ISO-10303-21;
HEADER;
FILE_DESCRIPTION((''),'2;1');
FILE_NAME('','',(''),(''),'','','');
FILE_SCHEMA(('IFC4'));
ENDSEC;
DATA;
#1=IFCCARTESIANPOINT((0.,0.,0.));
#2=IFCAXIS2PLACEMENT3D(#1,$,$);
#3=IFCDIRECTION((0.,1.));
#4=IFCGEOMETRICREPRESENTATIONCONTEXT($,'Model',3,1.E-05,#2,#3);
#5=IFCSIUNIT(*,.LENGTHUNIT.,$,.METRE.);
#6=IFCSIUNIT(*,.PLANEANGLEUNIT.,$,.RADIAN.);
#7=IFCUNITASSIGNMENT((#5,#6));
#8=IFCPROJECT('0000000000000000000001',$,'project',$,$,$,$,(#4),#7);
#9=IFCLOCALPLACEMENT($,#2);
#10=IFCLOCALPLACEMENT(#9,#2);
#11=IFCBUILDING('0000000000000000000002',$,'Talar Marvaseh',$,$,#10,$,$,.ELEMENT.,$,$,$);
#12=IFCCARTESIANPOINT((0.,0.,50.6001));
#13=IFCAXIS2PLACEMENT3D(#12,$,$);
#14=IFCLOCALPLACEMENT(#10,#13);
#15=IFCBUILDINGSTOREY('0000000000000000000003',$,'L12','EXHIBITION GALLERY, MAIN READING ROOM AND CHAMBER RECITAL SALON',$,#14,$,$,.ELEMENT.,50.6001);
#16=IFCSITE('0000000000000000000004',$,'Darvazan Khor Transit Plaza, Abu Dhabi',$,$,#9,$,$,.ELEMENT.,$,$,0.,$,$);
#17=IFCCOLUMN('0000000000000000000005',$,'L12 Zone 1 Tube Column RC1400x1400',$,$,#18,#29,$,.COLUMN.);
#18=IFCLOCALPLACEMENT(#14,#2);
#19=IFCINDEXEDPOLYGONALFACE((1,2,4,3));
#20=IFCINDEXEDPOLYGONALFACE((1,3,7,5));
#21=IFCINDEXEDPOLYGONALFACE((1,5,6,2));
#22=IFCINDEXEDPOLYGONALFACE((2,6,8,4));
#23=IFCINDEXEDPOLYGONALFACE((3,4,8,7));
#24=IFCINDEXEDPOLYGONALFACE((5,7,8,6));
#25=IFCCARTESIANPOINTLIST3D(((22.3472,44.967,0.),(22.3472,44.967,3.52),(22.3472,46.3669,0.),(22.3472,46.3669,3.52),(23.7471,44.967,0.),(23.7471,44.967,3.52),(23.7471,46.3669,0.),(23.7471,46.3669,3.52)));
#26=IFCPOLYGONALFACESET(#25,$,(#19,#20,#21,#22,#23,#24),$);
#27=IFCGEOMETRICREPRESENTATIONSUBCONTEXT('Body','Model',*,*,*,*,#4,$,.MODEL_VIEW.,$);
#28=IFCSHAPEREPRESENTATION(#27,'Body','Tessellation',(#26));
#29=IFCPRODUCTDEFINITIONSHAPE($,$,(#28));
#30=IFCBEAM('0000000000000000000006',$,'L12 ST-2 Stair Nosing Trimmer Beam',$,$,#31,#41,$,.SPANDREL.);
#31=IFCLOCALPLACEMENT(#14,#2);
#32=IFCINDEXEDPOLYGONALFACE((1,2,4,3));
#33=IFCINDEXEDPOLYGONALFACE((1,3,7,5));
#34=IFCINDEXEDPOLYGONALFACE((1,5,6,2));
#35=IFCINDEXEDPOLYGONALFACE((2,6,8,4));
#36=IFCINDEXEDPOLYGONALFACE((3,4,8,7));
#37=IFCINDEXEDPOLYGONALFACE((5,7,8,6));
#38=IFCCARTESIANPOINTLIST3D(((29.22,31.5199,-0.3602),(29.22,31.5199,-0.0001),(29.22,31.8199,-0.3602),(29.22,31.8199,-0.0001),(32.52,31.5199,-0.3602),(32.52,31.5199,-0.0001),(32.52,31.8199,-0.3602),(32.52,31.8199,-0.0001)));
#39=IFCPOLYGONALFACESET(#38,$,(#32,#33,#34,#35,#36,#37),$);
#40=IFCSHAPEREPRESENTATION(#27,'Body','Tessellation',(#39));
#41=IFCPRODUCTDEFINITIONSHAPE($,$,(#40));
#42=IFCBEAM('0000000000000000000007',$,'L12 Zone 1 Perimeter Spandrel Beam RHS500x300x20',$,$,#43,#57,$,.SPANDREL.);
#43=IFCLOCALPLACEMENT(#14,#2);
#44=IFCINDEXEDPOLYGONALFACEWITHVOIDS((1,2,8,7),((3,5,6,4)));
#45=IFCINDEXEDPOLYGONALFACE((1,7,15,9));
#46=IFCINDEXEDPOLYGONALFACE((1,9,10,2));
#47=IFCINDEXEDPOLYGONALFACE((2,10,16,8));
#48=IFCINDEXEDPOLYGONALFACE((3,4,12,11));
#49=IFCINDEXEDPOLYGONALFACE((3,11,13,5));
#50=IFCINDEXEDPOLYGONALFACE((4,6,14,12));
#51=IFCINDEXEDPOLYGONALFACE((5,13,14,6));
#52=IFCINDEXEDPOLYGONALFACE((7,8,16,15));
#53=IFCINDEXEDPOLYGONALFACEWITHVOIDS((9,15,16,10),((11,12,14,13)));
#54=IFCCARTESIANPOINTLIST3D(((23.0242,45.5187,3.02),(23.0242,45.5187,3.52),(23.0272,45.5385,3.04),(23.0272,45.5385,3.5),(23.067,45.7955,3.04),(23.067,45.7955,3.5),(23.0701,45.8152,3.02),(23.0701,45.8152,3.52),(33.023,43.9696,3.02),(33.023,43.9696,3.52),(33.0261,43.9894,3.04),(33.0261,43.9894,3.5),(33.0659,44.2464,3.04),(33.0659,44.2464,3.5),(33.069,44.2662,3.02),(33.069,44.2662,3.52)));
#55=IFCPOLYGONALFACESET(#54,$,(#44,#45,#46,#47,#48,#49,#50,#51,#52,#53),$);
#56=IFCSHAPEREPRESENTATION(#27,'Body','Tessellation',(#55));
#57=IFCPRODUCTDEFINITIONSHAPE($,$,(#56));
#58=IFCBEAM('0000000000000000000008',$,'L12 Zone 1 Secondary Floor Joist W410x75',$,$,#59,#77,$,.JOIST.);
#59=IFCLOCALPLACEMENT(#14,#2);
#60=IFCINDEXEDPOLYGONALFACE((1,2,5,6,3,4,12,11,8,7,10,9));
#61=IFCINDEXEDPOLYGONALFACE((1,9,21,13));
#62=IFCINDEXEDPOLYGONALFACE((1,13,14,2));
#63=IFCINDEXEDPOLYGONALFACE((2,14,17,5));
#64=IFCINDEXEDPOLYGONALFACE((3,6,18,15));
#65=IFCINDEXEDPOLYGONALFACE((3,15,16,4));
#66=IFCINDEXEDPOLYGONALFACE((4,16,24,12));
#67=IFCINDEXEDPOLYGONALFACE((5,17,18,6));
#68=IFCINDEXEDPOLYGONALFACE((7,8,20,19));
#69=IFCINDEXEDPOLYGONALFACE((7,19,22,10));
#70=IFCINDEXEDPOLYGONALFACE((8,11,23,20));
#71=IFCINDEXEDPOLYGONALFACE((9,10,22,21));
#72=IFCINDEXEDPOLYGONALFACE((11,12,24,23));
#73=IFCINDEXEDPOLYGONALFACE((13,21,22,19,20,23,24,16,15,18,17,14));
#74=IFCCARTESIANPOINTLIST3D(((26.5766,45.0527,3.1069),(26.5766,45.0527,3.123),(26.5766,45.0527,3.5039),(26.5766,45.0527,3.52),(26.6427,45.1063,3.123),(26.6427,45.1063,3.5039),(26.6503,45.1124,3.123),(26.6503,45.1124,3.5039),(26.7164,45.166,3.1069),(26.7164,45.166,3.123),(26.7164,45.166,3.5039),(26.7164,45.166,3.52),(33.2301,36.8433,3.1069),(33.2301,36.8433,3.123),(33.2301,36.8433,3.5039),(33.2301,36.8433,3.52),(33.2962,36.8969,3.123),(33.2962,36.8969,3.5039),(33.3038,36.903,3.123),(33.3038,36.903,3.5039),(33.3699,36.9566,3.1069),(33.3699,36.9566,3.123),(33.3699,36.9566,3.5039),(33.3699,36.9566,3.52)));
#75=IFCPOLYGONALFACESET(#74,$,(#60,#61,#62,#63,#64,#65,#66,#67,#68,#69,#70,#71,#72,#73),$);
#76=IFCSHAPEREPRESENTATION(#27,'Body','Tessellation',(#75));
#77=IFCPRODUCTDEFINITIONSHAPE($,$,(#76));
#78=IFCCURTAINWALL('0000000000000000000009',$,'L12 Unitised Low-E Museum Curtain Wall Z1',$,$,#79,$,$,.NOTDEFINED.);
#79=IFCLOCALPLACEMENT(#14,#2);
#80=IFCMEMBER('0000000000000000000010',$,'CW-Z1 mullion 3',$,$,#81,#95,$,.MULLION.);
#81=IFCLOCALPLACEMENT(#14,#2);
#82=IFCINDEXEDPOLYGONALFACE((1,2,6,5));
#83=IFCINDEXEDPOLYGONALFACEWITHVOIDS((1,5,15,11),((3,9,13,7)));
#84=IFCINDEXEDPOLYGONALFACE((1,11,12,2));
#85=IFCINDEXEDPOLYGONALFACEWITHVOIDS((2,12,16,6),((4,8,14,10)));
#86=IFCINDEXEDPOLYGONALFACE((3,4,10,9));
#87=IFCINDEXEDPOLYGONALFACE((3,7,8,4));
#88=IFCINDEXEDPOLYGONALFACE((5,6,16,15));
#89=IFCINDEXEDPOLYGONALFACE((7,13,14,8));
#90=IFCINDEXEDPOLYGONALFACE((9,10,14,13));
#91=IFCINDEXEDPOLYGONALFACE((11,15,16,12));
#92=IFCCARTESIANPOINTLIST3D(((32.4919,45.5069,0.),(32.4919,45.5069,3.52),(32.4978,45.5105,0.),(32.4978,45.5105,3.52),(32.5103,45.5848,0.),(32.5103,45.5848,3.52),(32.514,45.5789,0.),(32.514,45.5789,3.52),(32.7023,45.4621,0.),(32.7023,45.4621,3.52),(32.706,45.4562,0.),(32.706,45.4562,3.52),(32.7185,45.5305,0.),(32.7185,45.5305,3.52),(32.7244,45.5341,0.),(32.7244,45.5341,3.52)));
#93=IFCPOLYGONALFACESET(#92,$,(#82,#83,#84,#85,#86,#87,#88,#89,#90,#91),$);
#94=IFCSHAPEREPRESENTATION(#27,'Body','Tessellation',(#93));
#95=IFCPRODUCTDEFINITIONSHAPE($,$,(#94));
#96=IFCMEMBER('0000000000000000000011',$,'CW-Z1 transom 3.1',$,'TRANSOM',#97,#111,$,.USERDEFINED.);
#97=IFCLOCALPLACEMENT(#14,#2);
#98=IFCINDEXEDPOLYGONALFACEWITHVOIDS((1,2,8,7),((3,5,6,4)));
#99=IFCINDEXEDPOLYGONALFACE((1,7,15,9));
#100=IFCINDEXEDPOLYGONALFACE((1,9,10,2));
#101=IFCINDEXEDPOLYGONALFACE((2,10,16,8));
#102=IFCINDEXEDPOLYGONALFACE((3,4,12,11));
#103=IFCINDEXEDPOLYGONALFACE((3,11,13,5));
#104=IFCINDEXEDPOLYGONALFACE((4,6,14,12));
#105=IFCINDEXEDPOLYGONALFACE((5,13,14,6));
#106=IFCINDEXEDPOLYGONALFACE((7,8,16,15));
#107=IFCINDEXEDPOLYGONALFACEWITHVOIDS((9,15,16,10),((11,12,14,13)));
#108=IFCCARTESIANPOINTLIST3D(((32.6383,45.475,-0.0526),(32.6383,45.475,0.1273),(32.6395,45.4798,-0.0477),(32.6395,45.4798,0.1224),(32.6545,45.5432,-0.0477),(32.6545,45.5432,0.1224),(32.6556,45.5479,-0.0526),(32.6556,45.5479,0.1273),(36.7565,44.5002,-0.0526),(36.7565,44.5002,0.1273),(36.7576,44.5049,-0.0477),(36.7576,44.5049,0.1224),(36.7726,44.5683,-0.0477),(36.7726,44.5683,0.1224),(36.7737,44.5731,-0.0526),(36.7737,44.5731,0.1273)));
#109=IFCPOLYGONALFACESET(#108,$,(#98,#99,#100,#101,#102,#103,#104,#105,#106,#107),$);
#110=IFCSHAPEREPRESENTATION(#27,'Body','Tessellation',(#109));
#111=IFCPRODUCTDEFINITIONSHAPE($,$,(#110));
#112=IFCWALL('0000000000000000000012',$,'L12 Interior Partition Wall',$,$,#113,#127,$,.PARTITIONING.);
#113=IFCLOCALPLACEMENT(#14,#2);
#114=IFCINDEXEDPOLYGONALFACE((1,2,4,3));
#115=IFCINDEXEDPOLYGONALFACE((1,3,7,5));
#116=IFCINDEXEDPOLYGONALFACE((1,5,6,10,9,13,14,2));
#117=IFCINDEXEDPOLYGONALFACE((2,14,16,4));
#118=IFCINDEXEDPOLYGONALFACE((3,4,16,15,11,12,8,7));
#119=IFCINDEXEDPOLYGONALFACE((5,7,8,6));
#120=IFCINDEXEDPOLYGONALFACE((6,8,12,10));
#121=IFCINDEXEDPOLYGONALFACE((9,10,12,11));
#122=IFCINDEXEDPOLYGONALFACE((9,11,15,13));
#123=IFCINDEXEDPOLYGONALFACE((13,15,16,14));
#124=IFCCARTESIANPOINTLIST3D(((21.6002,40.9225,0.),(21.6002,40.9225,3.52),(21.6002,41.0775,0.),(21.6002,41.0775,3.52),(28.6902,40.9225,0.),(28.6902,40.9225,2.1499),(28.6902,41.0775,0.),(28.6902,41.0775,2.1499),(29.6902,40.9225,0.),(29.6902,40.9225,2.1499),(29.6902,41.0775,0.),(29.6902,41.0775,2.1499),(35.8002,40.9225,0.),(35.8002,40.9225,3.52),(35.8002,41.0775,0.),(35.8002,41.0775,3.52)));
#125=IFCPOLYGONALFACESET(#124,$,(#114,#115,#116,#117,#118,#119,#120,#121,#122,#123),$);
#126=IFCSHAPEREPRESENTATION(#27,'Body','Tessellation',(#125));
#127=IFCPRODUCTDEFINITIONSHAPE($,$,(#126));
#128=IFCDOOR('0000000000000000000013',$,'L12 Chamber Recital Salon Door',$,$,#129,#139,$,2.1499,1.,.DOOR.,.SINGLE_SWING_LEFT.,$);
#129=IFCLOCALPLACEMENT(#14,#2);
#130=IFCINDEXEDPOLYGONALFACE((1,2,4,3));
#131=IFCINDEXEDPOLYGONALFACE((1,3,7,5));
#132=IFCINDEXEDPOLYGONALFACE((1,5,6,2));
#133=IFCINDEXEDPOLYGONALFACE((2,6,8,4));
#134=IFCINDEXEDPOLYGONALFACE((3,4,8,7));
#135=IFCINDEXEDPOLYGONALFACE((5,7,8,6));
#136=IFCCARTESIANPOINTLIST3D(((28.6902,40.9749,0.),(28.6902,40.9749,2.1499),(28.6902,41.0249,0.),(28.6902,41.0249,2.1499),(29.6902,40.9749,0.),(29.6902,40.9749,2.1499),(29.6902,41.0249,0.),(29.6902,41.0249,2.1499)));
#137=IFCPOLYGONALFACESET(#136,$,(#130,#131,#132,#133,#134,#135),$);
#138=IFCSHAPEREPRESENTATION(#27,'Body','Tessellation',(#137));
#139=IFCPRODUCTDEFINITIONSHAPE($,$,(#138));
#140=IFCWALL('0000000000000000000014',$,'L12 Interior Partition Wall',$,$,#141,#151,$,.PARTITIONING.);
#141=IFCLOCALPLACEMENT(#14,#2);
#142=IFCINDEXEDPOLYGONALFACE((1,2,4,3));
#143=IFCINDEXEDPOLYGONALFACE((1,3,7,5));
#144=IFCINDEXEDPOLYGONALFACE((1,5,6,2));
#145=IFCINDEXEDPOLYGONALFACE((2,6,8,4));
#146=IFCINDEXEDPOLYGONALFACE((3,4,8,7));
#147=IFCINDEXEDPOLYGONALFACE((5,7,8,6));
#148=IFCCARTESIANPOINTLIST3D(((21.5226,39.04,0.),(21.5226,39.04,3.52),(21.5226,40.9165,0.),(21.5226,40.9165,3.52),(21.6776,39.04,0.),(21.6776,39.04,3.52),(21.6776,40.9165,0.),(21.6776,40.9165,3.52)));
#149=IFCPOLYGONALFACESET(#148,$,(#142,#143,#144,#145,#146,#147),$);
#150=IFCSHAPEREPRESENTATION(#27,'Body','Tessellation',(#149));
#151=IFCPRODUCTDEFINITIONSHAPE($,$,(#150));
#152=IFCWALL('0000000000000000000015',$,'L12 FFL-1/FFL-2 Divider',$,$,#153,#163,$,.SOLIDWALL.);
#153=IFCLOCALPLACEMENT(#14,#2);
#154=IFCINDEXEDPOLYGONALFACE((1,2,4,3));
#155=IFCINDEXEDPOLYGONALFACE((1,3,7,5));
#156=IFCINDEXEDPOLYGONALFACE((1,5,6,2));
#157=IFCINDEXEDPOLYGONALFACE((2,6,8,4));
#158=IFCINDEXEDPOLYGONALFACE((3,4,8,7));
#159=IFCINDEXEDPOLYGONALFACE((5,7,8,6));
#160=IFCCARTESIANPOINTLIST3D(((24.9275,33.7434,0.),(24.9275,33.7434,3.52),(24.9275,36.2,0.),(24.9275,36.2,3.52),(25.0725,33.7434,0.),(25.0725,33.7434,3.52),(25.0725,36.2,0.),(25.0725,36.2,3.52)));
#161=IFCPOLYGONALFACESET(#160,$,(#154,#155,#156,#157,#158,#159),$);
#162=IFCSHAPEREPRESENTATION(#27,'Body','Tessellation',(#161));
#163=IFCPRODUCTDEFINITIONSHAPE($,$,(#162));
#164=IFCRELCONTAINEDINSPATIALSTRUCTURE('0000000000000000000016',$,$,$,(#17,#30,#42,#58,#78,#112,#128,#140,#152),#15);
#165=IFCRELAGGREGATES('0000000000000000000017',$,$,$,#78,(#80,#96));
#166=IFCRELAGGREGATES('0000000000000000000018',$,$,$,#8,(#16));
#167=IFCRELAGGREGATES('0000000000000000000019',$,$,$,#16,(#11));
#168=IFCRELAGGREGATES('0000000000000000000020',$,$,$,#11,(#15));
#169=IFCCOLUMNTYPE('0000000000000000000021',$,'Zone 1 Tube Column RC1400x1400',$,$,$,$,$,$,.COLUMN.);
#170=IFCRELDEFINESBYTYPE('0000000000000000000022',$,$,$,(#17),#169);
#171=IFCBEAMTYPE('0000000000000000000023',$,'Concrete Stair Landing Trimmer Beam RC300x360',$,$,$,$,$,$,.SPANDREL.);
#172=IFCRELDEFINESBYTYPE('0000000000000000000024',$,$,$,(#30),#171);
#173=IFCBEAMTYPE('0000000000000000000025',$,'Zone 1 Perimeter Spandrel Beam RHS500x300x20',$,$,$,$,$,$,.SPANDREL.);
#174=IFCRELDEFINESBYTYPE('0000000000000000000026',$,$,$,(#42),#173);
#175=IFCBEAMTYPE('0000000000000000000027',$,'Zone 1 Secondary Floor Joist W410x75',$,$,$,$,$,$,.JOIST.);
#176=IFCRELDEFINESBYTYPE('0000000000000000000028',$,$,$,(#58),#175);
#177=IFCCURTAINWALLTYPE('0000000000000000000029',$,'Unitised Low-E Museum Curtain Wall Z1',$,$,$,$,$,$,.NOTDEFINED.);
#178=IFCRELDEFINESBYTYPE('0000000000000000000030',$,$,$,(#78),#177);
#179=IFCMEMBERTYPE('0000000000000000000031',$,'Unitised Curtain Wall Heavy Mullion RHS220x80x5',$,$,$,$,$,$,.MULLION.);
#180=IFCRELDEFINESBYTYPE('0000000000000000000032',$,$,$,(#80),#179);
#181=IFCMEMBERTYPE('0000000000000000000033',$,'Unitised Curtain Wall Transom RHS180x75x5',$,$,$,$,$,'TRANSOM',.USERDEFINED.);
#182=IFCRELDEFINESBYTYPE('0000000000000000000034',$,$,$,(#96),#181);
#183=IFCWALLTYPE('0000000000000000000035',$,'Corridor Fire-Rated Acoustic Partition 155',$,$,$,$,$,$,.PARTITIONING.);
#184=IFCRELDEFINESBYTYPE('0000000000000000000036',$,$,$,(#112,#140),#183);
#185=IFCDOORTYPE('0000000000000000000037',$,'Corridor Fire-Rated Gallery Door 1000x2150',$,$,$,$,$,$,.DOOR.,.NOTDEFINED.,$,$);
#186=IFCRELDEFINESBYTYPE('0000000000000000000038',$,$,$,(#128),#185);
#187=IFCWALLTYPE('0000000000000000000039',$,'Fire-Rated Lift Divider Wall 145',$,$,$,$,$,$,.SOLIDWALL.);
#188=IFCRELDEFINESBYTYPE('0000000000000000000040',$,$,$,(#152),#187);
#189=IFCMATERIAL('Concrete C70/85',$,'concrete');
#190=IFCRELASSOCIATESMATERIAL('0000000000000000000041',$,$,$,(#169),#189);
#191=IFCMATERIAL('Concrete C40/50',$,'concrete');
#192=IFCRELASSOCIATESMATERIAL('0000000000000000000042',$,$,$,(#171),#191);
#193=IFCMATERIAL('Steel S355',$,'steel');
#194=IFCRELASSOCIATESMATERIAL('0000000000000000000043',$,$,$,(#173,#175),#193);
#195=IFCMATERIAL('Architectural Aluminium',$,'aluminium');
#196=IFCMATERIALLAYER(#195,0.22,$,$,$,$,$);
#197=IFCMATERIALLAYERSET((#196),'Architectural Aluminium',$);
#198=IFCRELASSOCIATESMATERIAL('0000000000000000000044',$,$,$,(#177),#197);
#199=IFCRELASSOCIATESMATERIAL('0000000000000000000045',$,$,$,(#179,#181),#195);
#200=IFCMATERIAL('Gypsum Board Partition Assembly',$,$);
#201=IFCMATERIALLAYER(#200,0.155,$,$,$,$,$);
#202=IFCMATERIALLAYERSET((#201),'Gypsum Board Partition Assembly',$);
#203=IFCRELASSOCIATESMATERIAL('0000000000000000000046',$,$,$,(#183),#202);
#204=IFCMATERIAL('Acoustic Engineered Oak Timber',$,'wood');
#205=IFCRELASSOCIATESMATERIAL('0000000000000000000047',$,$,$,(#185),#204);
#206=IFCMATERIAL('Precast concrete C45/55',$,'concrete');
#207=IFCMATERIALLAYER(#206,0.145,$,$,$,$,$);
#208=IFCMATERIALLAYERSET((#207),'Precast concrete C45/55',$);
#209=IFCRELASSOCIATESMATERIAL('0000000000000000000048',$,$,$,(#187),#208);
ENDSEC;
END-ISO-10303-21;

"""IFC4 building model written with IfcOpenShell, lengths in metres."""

from ifc_helpers import new_model, si_unit, direction, frame, frame_2d, origin, origin_2d, place, context, subcontext, project, spatial, rectangle, hollow_rectangle, i_section, extrude, source, transform, mapped, material, layer, layer_set, material_profile, profile_set, type_object, type_shapes, element, fill, aggregate, save


model = new_model("IFC4")

# Units and contexts
model_context = context("Model", 3, precision=1e-05, world=origin(), true_north=direction((0.0, 1.0)))
body_context = subcontext(model_context, "Body", "Model", "MODEL_VIEW")
ifc_project = project(units=[si_unit("LENGTHUNIT", "METRE"), si_unit("PLANEANGLEUNIT", "RADIAN")], contexts=[model_context])

# Site, building, storey
site_placement = place(None, origin())
site = spatial("IfcSite", under=ifc_project, at=site_placement, Name="Darvazan Khor Transit Plaza, Abu Dhabi", CompositionType="ELEMENT", RefElevation=0.0)
building_placement = place(site_placement, origin())
building = spatial("IfcBuilding", under=site, at=building_placement, Name="Talar Marvaseh", CompositionType="ELEMENT")
storey_placement = place(building_placement, frame((0.0, 0.0, 50.6001)))
storey = spatial("IfcBuildingStorey", under=building, at=storey_placement, Name="L12", Description="EXHIBITION GALLERY, MAIN READING ROOM AND CHAMBER RECITAL SALON", CompositionType="ELEMENT", Elevation=50.6001)

# Column
ifc_material_1 = material(Name="Concrete C70/85", Category="concrete")
ifc_material_profile_1 = material_profile(ifc_material_1, rectangle(XDim=1.3999, YDim=1.3999, at=origin_2d()), Name="RC1400x1400")
ifc_profile_set_1 = profile_set([ifc_material_profile_1], Name="Concrete C70/85")
column_type = type_object("IfcColumnType", Name="Zone 1 Tube Column RC1400x1400", PredefinedType="COLUMN", material=ifc_profile_set_1)
column_placement = place(storey_placement, frame((23.0471, 45.667, 0.0), z_axis=(0.0, 0.0, 1.0), x_axis=(1.0, 0.0, 0.0)))
element("IfcColumn", 1, at=column_placement, inside=storey, type_object=column_type, Name="L12 Zone 1 Tube Column RC1400x1400", PredefinedType="COLUMN", context=body_context, shape_type="SweptSolid", body=[
    extrude(rectangle(XDim=1.3999, YDim=1.3999, at=origin_2d()), origin(), (0.0, 0.0, 1.0), 3.52),
])

# Beams
ifc_material_2 = material(Name="Concrete C40/50", Category="concrete")
ifc_material_profile_2 = material_profile(ifc_material_2, rectangle(XDim=0.3, YDim=0.3601, at=origin_2d()), Name="RC300x360")
ifc_profile_set_2 = profile_set([ifc_material_profile_2], Name="Concrete C40/50")
beam_type_1 = type_object("IfcBeamType", Name="Concrete Stair Landing Trimmer Beam RC300x360", PredefinedType="SPANDREL", material=ifc_profile_set_2)
beam_1_placement = place(storey_placement, frame((29.22, 31.6699, -0.1802), z_axis=(1.0, 0.0, 0.0), x_axis=(0.0, 1.0, 0.0)))
element("IfcBeam", 2, at=beam_1_placement, inside=storey, type_object=beam_type_1, Name="L12 ST-2 Stair Nosing Trimmer Beam", PredefinedType="SPANDREL", context=body_context, shape_type="SweptSolid", body=[
    extrude(rectangle(XDim=0.3, YDim=0.3601, at=origin_2d()), origin(), (0.0, 0.0, 1.0), 3.3),
])
ifc_material_3 = material(Name="Steel S355", Category="steel")
ifc_material_profile_3 = material_profile(ifc_material_3, hollow_rectangle(XDim=0.3, YDim=0.5, WallThickness=0.02, at=origin_2d()), Name="RHS500x300x20")
ifc_profile_set_3 = profile_set([ifc_material_profile_3], Name="Steel S355")
beam_type_2 = type_object("IfcBeamType", Name="Zone 1 Perimeter Spandrel Beam RHS500x300x20", PredefinedType="SPANDREL", material=ifc_profile_set_3)
beam_2_placement = place(storey_placement, frame((23.0471, 45.667, 3.27), z_axis=(0.988211, -0.1531, 0.0), x_axis=(0.1531, 0.988211, 0.0)))
element("IfcBeam", 3, at=beam_2_placement, inside=storey, type_object=beam_type_2, Name="L12 Zone 1 Perimeter Spandrel Beam RHS500x300x20", PredefinedType="SPANDREL", context=body_context, shape_type="SweptSolid", body=[
    extrude(hollow_rectangle(XDim=0.3, YDim=0.5, WallThickness=0.02, at=origin_2d()), origin(), (0.0, 0.0, 1.0), 10.1182),
])
ifc_material_profile_4 = material_profile(ifc_material_3, i_section(OverallWidth=0.1799, OverallDepth=0.4131, WebThickness=0.0098, FlangeThickness=0.0161, at=origin_2d()), Name="W410x75")
ifc_profile_set_4 = profile_set([ifc_material_profile_4], Name="Steel S355")
beam_type_3 = type_object("IfcBeamType", Name="Zone 1 Secondary Floor Joist W410x75", PredefinedType="JOIST", material=ifc_profile_set_4)
beam_3_placement = place(storey_placement, frame((26.6465, 45.1094, 3.3135), z_axis=(0.629644, -0.776884, 0.0), x_axis=(0.776884, 0.629644, 0.0)))
element("IfcBeam", 4, at=beam_3_placement, inside=storey, type_object=beam_type_3, Name="L12 Zone 1 Secondary Floor Joist W410x75", PredefinedType="JOIST", context=body_context, shape_type="SweptSolid", body=[
    extrude(i_section(OverallWidth=0.1799, OverallDepth=0.4131, WebThickness=0.0098, FlangeThickness=0.0161, at=origin_2d()), origin(), (0.0, 0.0, 1.0), 10.5671),
])

# Curtain wall, members
ifc_material_4 = material(Name="Architectural Aluminium", Category="aluminium")
ifc_layer_1 = layer(ifc_material_4, 0.22)
ifc_layer_set_1 = layer_set([ifc_layer_1], Name="Architectural Aluminium")
curtain_wall_type = type_object("IfcCurtainWallType", Name="Unitised Low-E Museum Curtain Wall Z1", PredefinedType="NOTDEFINED", material=ifc_layer_set_1)
curtain_wall_placement = place(storey_placement, origin())
curtain_wall = element("IfcCurtainWall", 5, at=curtain_wall_placement, inside=storey, type_object=curtain_wall_type, Name="L12 Unitised Low-E Museum Curtain Wall Z1", PredefinedType="NOTDEFINED")
ifc_material_profile_5 = material_profile(ifc_material_4, hollow_rectangle(XDim=0.0801, YDim=0.22, WallThickness=0.0049, at=origin_2d()), Name="RHS220x80x5")
ifc_profile_set_5 = profile_set([ifc_material_profile_5], Name="Architectural Aluminium")
member_type_1 = type_object("IfcMemberType", Name="Unitised Curtain Wall Heavy Mullion RHS220x80x5", PredefinedType="MULLION", material=ifc_profile_set_5)
shared_shape_1 = source(origin(), body_context, "Body", "SweptSolid", [
    extrude(hollow_rectangle(XDim=0.0801, YDim=0.22, WallThickness=0.0049, at=origin_2d()), origin(), (0.0, 0.0, 1.0), 3.52),
])
type_shapes(member_type_1, [shared_shape_1])
member_1_placement = place(storey_placement, frame((32.6082, 45.5205, 0.0), z_axis=(0.0, 0.0, 1.0), x_axis=(0.230352, 0.973107, 0.0)))
member_1 = element("IfcMember", 6, at=member_1_placement, type_object=member_type_1, Name="CW-Z1 mullion 3", PredefinedType="MULLION", context=body_context, shape_type="MappedRepresentation", body=[
    mapped(shared_shape_1, transform((0.0, 0.0, 0.0), x_axis=(1.0, 0.0, 0.0), y_axis=(0.0, 1.0, 0.0), z_axis=(0.0, 0.0, 1.0), scale=1.0)),
])
ifc_material_profile_6 = material_profile(ifc_material_4, hollow_rectangle(XDim=0.075, YDim=0.1799, WallThickness=0.0049, at=origin_2d()), Name="RHS180x75x5")
ifc_profile_set_6 = profile_set([ifc_material_profile_6], Name="Architectural Aluminium")
member_type_2 = type_object("IfcMemberType", Name="Unitised Curtain Wall Transom RHS180x75x5", ElementType="TRANSOM", PredefinedType="USERDEFINED", material=ifc_profile_set_6)
shared_shape_2 = source(origin(), body_context, "Body", "SweptSolid", [
    extrude(hollow_rectangle(XDim=0.075, YDim=0.1799, WallThickness=0.0049, at=origin_2d()), origin(), (0.0, 0.0, 1.0), 4.2319),
])
type_shapes(member_type_2, [shared_shape_2])
member_2_placement = place(storey_placement, frame((32.647, 45.5115, 0.0374), z_axis=(0.973107, -0.230354, 0.0), x_axis=(0.230354, 0.973107, 0.0)))
member_2 = element("IfcMember", 7, at=member_2_placement, type_object=member_type_2, Name="CW-Z1 transom 3.1", ObjectType="TRANSOM", PredefinedType="USERDEFINED", context=body_context, shape_type="MappedRepresentation", body=[
    mapped(shared_shape_2, transform((0.0, 0.0, 0.0), x_axis=(1.0, 0.0, 0.0), y_axis=(0.0, 1.0, 0.0), z_axis=(0.0, 0.0, 1.0), scale=1.0)),
])
aggregate(curtain_wall, [member_1, member_2])

# Wall, opening, door
ifc_material_5 = material(Name="Gypsum Board Partition Assembly")
ifc_layer_2 = layer(ifc_material_5, 0.155)
ifc_layer_set_2 = layer_set([ifc_layer_2], Name="Gypsum Board Partition Assembly")
wall_type_1 = type_object("IfcWallType", Name="Corridor Fire-Rated Acoustic Partition 155", PredefinedType="PARTITIONING", material=ifc_layer_set_2)
wall_1_placement = place(storey_placement, frame((21.6001, 41.0, 0.0), z_axis=(0.0, 0.0, 1.0), x_axis=(1.0, 0.0, 0.0)))
wall_1 = element("IfcWall", 8, at=wall_1_placement, inside=storey, type_object=wall_type_1, Name="L12 Interior Partition Wall", PredefinedType="PARTITIONING", context=body_context, shape_type="SweptSolid", body=[
    extrude(rectangle(XDim=14.2, YDim=0.155, at=frame_2d((7.1001, 0.0))), origin(), (0.0, 0.0, 1.0), 3.52),
])
opening_1_placement = place(wall_1_placement, frame((7.0901, 0.0, 0.0)))
opening_1 = element("IfcOpeningElement", 9, at=opening_1_placement, cuts=wall_1, PredefinedType="OPENING", context=body_context, shape_type="SweptSolid", body=[
    extrude(rectangle(XDim=1.0, YDim=2.1499, at=frame_2d((0.5, 1.075))), frame((0.0, 0.0874, 0.0), z_axis=(0.0, -1.0, 0.0), x_axis=(1.0, 0.0, 0.0)), (0.0, 0.0, 1.0), 0.175),
])
ifc_material_6 = material(Name="Acoustic Engineered Oak Timber", Category="wood")
door_type_1 = type_object("IfcDoorType", Name="Corridor Fire-Rated Gallery Door 1000x2150", OperationType="NOTDEFINED", PredefinedType="DOOR", material=ifc_material_6)
shared_shape_3 = source(origin(), body_context, "Body", "SweptSolid", [
    extrude(rectangle(XDim=1.0, YDim=2.1499, at=frame_2d((0.5, 1.075))), frame((0.0, 0.0249, 0.0), z_axis=(0.0, -1.0, 0.0), x_axis=(1.0, 0.0, 0.0)), (0.0, 0.0, 1.0), 0.05),
])
type_shapes(door_type_1, [shared_shape_3])
door_1_placement = place(opening_1_placement, origin())
door_1 = element("IfcDoor", 10, at=door_1_placement, inside=storey, type_object=door_type_1, Name="L12 Chamber Recital Salon Door", OperationType="SINGLE_SWING_LEFT", OverallHeight=2.1499, OverallWidth=1.0, PredefinedType="DOOR", context=body_context, shape_type="MappedRepresentation", body=[
    mapped(shared_shape_3, transform((0.0, 0.0, 0.0), x_axis=(1.0, 0.0, 0.0), y_axis=(0.0, 1.0, 0.0), z_axis=(0.0, 0.0, 1.0), scale=1.0)),
])
fill(opening_1, door_1)

# Walls
wall_2_placement = place(storey_placement, frame((21.6001, 39.04, 0.0), z_axis=(0.0, 0.0, 1.0), x_axis=(0.0, 1.0, 0.0)))
element("IfcWall", 11, at=wall_2_placement, inside=storey, type_object=wall_type_1, Name="L12 Interior Partition Wall", PredefinedType="PARTITIONING", context=body_context, shape_type="SweptSolid", body=[
    extrude(rectangle(XDim=1.8765, YDim=0.155, at=frame_2d((0.9382, 0.0))), origin(), (0.0, 0.0, 1.0), 3.52),
])
ifc_material_7 = material(Name="Precast concrete C45/55", Category="concrete")
ifc_layer_3 = layer(ifc_material_7, 0.145)
ifc_layer_set_3 = layer_set([ifc_layer_3], Name="Precast concrete C45/55")
wall_type_2 = type_object("IfcWallType", Name="Fire-Rated Lift Divider Wall 145", PredefinedType="SOLIDWALL", material=ifc_layer_set_3)
for number, where, z_axis, x_axis, name in (
    (12, (25.0, 33.7434, 0.0), (0.0, 0.0, 1.0), (0.0, 1.0, 0.0), "L12 FFL-1/FFL-2 Divider"),
):
    element("IfcWall", number, at=place(storey_placement, frame(where, z_axis=z_axis, x_axis=x_axis)), inside=storey, type_object=wall_type_2, Name=name, PredefinedType="SOLIDWALL", context=body_context, shape_type="SweptSolid", body=[
        extrude(rectangle(XDim=2.4565, YDim=0.145, at=frame_2d((1.2283, 0.0))), origin(), (0.0, 0.0, 1.0), 3.52),
    ])

save(model, "model.ifc")
